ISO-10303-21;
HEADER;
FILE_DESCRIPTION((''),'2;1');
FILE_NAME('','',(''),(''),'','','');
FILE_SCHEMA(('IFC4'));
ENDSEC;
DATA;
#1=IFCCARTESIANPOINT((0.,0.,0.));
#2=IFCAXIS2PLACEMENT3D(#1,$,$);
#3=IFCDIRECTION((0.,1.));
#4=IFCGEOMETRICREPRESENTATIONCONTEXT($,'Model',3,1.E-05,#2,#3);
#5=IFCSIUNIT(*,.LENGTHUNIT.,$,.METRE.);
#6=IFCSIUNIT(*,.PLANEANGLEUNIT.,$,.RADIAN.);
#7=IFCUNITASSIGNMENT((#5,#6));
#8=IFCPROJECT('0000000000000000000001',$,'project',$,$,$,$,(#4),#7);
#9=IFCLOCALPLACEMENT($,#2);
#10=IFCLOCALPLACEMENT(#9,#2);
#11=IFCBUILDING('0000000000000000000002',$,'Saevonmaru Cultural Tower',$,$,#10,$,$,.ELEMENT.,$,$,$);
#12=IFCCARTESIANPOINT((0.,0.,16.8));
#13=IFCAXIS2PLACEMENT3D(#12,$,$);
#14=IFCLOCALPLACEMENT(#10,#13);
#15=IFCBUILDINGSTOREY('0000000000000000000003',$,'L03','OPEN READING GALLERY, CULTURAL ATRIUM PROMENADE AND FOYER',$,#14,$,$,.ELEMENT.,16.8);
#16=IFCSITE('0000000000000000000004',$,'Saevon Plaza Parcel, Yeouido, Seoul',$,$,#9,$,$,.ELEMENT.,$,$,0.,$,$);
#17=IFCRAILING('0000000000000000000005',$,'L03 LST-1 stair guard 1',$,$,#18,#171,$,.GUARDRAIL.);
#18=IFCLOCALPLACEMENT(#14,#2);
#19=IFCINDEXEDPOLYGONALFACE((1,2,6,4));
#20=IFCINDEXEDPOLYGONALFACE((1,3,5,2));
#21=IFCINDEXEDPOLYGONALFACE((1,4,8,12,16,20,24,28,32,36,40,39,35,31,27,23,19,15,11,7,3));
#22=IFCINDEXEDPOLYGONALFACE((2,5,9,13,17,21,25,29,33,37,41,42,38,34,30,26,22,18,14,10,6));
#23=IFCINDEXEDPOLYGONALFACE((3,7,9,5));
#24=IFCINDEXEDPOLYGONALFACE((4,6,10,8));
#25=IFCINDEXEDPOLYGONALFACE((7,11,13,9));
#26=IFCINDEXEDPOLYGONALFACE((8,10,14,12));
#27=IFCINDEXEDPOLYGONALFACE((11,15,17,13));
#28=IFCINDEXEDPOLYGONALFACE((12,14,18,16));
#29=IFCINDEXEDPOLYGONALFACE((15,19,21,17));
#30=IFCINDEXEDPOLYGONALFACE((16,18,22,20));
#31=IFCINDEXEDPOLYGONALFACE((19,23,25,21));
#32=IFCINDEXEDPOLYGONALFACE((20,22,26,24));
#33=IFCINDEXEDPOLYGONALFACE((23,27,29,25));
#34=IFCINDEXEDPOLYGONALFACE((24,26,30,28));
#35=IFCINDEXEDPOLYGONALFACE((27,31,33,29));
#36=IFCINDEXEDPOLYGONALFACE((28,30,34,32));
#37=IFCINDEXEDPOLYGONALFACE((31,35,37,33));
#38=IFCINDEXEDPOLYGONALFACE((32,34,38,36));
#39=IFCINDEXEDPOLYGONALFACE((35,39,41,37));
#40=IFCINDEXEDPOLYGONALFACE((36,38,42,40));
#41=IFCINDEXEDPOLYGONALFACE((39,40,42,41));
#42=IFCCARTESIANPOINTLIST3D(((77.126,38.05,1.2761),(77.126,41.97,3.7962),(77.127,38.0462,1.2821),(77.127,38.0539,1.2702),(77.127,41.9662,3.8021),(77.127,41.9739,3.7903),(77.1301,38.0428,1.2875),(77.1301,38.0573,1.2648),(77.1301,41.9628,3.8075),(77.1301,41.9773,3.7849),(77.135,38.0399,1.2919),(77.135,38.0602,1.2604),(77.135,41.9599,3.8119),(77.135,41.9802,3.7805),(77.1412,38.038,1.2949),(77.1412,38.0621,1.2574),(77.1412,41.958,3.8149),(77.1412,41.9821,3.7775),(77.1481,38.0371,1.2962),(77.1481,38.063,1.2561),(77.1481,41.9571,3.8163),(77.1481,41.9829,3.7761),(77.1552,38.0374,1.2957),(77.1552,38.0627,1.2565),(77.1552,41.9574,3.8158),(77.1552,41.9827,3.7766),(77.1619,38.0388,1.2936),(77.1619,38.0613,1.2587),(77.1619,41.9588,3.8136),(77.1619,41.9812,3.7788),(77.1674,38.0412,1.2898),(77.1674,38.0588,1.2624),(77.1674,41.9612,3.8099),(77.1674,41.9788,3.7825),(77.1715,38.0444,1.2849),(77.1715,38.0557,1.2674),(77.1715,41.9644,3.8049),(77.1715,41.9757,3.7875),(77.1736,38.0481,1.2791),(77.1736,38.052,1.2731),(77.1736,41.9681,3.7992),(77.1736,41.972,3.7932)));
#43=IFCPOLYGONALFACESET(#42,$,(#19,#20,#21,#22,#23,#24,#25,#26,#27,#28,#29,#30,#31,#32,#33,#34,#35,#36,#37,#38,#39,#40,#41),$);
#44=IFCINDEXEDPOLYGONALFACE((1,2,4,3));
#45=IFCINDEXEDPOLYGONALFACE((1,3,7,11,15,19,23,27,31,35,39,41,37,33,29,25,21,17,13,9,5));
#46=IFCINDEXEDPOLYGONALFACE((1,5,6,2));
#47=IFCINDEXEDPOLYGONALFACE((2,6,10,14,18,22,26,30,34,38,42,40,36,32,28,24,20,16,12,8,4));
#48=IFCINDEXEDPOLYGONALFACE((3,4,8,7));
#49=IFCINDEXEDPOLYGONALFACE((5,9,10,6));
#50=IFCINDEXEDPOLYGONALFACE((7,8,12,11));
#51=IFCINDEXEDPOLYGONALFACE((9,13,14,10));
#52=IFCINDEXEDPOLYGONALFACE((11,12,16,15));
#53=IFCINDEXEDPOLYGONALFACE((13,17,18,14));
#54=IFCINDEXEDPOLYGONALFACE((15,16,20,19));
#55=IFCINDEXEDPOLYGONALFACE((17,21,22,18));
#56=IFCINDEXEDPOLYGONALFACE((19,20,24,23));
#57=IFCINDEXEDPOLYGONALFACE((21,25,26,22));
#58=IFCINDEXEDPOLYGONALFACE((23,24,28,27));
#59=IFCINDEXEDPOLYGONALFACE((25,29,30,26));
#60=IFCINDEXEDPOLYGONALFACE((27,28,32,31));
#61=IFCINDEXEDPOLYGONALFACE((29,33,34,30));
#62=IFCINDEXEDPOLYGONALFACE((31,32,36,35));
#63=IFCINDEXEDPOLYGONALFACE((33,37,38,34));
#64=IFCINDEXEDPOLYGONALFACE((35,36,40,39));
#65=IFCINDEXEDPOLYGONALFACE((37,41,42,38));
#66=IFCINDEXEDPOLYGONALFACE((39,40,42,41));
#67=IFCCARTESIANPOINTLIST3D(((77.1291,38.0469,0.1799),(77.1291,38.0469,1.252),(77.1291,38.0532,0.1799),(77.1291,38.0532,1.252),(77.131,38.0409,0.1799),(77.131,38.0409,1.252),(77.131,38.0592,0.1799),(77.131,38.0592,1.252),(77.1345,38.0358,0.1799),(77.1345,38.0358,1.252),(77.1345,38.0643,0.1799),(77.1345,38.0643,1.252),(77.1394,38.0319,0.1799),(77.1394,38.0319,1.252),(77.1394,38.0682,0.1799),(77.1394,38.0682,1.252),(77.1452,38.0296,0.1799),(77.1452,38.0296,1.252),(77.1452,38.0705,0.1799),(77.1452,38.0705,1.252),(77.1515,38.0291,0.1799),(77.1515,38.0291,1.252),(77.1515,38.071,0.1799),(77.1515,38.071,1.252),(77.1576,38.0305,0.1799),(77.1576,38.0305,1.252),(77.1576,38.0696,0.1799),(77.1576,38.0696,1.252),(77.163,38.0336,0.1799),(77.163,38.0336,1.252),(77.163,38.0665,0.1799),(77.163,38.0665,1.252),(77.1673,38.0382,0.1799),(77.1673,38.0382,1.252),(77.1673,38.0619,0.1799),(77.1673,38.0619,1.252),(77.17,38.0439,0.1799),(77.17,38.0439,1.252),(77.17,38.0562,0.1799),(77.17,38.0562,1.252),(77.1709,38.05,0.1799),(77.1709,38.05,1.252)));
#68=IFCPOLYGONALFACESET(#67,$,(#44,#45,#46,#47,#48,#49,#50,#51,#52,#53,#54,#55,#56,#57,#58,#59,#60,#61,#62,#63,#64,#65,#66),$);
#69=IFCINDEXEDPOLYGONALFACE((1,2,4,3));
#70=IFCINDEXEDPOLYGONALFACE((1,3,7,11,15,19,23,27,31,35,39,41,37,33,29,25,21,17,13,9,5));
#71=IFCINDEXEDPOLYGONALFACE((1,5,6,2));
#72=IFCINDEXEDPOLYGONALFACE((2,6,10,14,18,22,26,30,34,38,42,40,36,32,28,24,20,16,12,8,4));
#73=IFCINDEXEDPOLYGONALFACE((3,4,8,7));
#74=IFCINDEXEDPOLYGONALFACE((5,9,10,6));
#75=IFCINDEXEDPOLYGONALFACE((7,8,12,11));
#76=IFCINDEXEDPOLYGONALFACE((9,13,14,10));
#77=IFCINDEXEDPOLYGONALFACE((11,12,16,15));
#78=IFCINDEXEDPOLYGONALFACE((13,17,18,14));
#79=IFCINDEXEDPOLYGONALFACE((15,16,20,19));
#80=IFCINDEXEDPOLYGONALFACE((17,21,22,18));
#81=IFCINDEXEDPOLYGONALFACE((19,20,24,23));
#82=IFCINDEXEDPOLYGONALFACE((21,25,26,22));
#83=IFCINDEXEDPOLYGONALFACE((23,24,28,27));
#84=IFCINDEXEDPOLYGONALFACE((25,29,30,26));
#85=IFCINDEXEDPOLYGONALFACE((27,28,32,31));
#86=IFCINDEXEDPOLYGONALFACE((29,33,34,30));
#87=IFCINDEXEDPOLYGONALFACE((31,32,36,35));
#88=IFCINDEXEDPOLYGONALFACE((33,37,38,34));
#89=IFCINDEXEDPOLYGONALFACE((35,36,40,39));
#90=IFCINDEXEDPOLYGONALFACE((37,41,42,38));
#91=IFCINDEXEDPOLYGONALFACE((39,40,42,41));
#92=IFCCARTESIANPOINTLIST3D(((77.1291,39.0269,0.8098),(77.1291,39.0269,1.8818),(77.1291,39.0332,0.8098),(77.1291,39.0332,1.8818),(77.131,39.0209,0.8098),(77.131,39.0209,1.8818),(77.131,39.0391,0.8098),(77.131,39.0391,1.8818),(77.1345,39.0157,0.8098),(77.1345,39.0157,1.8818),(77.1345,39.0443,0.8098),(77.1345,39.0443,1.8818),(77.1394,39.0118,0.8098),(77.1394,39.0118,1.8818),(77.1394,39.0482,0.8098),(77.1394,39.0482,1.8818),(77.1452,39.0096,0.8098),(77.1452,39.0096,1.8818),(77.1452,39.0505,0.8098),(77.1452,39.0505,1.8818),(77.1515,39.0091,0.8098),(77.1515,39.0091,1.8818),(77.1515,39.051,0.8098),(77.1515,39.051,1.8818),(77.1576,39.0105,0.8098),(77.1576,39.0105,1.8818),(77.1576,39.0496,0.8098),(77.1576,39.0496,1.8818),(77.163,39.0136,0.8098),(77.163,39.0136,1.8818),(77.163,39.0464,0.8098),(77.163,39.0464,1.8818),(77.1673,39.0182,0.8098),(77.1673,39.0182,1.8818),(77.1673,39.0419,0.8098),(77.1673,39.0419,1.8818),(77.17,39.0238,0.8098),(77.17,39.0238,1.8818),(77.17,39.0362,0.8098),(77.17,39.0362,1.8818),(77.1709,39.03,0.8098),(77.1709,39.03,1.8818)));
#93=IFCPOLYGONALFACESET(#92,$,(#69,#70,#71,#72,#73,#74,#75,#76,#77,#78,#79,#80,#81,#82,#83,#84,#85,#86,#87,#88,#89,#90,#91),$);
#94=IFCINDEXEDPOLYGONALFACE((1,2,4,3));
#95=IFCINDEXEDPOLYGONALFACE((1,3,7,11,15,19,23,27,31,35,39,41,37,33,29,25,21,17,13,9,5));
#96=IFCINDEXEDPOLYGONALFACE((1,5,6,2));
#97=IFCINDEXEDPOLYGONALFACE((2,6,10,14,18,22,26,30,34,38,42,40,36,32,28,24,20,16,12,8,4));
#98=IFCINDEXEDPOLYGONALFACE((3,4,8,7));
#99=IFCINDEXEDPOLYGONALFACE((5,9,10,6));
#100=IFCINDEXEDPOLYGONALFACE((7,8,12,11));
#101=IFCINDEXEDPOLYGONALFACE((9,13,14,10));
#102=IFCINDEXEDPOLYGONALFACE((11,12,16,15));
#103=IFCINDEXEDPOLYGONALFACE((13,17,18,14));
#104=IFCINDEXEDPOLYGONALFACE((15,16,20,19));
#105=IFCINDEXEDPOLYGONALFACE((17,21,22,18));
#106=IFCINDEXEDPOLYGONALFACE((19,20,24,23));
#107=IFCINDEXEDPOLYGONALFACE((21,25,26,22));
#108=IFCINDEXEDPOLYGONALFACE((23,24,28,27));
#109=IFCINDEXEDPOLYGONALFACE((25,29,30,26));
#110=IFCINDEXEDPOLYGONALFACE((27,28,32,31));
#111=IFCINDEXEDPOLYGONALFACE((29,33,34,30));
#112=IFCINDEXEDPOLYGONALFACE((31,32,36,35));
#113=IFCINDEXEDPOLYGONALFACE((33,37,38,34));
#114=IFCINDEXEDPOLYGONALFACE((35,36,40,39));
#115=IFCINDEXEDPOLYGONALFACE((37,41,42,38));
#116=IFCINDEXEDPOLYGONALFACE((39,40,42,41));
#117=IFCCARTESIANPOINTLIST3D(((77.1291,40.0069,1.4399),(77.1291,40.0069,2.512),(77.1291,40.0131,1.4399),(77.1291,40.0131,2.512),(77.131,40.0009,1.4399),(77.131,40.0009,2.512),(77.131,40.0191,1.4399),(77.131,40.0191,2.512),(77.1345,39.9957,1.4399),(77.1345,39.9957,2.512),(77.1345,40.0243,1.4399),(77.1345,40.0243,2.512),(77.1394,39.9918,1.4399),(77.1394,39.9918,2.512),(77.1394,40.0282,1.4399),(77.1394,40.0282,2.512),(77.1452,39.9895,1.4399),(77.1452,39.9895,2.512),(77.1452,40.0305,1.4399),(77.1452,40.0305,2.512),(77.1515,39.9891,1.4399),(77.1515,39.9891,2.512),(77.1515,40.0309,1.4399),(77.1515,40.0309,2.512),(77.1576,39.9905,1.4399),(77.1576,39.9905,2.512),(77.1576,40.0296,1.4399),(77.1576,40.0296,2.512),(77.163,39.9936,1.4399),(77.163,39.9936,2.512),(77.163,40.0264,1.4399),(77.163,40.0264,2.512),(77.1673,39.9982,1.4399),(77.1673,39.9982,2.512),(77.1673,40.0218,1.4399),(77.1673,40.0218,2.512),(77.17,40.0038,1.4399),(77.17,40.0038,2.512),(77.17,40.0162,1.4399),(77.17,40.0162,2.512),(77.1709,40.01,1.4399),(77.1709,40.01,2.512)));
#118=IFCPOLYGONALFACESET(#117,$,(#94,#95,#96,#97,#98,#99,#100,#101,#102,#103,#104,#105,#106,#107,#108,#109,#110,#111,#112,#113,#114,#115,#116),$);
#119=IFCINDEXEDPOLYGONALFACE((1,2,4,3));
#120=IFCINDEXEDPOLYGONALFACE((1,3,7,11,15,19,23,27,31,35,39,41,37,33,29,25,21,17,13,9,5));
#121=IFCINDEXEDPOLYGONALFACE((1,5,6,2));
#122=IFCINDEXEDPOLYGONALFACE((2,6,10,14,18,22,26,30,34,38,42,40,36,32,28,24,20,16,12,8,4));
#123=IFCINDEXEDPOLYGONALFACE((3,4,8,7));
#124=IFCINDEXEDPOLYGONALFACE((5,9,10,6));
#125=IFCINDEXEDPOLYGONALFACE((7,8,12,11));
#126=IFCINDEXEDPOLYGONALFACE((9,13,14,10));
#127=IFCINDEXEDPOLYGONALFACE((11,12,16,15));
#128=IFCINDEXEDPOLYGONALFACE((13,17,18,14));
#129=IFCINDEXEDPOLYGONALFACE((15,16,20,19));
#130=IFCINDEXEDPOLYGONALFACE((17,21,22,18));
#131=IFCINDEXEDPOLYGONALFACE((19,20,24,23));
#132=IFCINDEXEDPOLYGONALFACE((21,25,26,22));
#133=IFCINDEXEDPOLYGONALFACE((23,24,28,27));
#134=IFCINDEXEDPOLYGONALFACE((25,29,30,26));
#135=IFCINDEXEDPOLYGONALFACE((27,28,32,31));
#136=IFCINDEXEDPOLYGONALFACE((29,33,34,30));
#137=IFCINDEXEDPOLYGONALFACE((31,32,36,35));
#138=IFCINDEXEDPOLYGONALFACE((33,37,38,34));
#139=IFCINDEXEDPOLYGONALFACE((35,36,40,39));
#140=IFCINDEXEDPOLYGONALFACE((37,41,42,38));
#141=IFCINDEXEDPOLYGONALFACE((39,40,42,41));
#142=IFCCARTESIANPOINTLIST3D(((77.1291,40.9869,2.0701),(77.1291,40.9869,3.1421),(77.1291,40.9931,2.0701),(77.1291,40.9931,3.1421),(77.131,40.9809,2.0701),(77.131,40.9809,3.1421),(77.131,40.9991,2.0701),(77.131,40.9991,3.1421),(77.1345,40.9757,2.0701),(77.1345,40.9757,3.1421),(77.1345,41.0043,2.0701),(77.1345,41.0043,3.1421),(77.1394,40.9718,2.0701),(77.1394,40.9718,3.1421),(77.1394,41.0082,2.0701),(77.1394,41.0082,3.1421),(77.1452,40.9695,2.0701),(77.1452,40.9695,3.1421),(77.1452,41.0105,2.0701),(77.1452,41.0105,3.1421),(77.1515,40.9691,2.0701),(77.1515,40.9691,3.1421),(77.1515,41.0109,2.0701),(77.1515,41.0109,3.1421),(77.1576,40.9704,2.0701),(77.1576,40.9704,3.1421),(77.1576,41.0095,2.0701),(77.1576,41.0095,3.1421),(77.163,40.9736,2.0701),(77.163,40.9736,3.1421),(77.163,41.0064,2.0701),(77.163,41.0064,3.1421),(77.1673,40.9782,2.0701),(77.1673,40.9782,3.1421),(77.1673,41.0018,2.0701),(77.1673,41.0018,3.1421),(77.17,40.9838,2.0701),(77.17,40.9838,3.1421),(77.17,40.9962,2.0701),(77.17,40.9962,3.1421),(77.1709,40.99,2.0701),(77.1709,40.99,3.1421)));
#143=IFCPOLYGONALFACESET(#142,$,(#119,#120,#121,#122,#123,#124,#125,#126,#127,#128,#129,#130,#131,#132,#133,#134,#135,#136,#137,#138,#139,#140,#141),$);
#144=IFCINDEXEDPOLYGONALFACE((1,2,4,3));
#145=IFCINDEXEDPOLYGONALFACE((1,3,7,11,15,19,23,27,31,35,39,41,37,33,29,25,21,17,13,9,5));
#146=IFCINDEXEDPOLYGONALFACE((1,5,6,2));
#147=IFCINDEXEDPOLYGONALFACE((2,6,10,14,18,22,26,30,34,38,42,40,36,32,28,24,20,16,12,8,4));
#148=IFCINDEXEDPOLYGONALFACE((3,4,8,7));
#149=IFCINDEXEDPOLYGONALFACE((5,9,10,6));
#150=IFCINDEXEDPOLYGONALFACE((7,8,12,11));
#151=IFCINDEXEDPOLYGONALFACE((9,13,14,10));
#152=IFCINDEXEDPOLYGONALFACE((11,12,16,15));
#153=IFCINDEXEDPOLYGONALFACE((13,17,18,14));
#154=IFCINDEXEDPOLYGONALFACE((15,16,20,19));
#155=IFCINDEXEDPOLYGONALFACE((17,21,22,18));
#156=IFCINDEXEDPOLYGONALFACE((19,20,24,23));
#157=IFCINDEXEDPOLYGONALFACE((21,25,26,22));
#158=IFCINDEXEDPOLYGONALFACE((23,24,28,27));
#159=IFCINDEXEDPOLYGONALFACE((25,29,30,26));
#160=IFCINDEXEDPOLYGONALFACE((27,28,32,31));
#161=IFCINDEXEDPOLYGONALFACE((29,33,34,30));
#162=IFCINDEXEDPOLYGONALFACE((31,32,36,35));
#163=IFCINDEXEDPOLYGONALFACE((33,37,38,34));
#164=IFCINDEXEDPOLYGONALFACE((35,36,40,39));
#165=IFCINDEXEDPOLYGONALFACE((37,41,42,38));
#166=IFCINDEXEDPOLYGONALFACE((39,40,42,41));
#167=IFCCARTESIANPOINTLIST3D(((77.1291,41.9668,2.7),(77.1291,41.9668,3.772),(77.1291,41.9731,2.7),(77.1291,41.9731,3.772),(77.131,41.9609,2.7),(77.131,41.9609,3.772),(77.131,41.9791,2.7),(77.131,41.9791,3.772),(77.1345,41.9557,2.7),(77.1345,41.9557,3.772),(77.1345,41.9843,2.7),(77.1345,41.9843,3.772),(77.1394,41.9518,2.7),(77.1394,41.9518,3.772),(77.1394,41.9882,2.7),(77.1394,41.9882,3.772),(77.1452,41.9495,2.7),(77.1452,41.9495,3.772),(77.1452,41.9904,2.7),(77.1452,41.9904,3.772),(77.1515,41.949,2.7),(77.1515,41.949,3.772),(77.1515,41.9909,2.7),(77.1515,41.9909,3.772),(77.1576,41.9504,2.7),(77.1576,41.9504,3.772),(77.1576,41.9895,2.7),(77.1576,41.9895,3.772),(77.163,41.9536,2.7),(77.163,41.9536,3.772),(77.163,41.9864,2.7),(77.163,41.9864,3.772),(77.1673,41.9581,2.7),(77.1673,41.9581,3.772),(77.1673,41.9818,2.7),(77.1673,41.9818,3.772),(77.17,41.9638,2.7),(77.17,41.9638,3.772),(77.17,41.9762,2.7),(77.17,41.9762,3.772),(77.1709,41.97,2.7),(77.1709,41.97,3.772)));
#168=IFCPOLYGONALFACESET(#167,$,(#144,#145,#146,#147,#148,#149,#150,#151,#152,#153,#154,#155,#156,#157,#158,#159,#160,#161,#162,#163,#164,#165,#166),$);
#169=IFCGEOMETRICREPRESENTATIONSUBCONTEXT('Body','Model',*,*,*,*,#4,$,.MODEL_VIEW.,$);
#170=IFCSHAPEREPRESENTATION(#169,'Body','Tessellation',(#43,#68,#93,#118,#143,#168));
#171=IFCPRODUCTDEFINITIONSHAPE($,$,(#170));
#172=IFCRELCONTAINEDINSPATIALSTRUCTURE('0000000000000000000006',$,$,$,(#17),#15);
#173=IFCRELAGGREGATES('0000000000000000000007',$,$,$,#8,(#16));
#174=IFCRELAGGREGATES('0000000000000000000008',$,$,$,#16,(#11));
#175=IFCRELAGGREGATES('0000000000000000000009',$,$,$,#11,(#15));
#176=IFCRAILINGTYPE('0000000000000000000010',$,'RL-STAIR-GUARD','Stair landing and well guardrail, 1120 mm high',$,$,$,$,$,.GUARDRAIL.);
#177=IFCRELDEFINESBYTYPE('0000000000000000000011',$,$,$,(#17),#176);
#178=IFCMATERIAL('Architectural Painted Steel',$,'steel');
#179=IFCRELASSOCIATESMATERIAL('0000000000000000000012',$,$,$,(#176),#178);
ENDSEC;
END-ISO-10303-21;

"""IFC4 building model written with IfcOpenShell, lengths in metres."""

from ifc_helpers import new_model, si_unit, direction, frame, origin, origin_2d, place, context, subcontext, project, spatial, circle, extrude, material, type_object, element, save


model = new_model("IFC4")

# Units and contexts
model_context = context("Model", 3, precision=1e-05, world=origin(), true_north=direction((0.0, 1.0)))
body_context = subcontext(model_context, "Body", "Model", "MODEL_VIEW")
ifc_project = project(units=[si_unit("LENGTHUNIT", "METRE"), si_unit("PLANEANGLEUNIT", "RADIAN")], contexts=[model_context])

# Site, building, storey
site_placement = place(None, origin())
site = spatial("IfcSite", under=ifc_project, at=site_placement, Name="Saevon Plaza Parcel, Yeouido, Seoul", CompositionType="ELEMENT", RefElevation=0.0)
building_placement = place(site_placement, origin())
building = spatial("IfcBuilding", under=site, at=building_placement, Name="Saevonmaru Cultural Tower", CompositionType="ELEMENT")
storey_placement = place(building_placement, frame((0.0, 0.0, 16.8)))
storey = spatial("IfcBuildingStorey", under=building, at=storey_placement, Name="L03", Description="OPEN READING GALLERY, CULTURAL ATRIUM PROMENADE AND FOYER", CompositionType="ELEMENT", Elevation=16.8)

# Railing
ifc_material_1 = material(Name="Architectural Painted Steel", Category="steel")
railing_type_1 = type_object("IfcRailingType", Name="RL-STAIR-GUARD", Description="Stair landing and well guardrail, 1120 mm high", PredefinedType="GUARDRAIL", material=ifc_material_1)
railing_1_placement = place(storey_placement, frame((77.1499, 38.05, 0.1799)))
element("IfcRailing", 1, at=railing_1_placement, inside=storey, type_object=railing_type_1, Name="L03 LST-1 stair guard 1", PredefinedType="GUARDRAIL", context=body_context, shape_type="SweptSolid", body=[
    extrude(circle(Radius=0.0239, at=origin_2d()), frame((0.0, 0.0, 1.0962), z_axis=(0.0, 0.841172, 0.540768), x_axis=(-1.0, 0.0, 0.0)), (0.0, 0.0, 1.0), 4.6602),
    extrude(circle(Radius=0.021, at=origin_2d()), origin(), (0.0, 0.0, 1.0), 1.072),
    extrude(circle(Radius=0.021, at=origin_2d()), frame((0.0, 0.98, 0.6299)), (0.0, 0.0, 1.0), 1.072),
    extrude(circle(Radius=0.021, at=origin_2d()), frame((0.0, 1.96, 1.26)), (0.0, 0.0, 1.0), 1.072),
    extrude(circle(Radius=0.021, at=origin_2d()), frame((0.0, 2.9399, 1.8901)), (0.0, 0.0, 1.0), 1.072),
    extrude(circle(Radius=0.021, at=origin_2d()), frame((0.0, 3.9199, 2.52)), (0.0, 0.0, 1.0), 1.072),
])

save(model, "model.ifc")
